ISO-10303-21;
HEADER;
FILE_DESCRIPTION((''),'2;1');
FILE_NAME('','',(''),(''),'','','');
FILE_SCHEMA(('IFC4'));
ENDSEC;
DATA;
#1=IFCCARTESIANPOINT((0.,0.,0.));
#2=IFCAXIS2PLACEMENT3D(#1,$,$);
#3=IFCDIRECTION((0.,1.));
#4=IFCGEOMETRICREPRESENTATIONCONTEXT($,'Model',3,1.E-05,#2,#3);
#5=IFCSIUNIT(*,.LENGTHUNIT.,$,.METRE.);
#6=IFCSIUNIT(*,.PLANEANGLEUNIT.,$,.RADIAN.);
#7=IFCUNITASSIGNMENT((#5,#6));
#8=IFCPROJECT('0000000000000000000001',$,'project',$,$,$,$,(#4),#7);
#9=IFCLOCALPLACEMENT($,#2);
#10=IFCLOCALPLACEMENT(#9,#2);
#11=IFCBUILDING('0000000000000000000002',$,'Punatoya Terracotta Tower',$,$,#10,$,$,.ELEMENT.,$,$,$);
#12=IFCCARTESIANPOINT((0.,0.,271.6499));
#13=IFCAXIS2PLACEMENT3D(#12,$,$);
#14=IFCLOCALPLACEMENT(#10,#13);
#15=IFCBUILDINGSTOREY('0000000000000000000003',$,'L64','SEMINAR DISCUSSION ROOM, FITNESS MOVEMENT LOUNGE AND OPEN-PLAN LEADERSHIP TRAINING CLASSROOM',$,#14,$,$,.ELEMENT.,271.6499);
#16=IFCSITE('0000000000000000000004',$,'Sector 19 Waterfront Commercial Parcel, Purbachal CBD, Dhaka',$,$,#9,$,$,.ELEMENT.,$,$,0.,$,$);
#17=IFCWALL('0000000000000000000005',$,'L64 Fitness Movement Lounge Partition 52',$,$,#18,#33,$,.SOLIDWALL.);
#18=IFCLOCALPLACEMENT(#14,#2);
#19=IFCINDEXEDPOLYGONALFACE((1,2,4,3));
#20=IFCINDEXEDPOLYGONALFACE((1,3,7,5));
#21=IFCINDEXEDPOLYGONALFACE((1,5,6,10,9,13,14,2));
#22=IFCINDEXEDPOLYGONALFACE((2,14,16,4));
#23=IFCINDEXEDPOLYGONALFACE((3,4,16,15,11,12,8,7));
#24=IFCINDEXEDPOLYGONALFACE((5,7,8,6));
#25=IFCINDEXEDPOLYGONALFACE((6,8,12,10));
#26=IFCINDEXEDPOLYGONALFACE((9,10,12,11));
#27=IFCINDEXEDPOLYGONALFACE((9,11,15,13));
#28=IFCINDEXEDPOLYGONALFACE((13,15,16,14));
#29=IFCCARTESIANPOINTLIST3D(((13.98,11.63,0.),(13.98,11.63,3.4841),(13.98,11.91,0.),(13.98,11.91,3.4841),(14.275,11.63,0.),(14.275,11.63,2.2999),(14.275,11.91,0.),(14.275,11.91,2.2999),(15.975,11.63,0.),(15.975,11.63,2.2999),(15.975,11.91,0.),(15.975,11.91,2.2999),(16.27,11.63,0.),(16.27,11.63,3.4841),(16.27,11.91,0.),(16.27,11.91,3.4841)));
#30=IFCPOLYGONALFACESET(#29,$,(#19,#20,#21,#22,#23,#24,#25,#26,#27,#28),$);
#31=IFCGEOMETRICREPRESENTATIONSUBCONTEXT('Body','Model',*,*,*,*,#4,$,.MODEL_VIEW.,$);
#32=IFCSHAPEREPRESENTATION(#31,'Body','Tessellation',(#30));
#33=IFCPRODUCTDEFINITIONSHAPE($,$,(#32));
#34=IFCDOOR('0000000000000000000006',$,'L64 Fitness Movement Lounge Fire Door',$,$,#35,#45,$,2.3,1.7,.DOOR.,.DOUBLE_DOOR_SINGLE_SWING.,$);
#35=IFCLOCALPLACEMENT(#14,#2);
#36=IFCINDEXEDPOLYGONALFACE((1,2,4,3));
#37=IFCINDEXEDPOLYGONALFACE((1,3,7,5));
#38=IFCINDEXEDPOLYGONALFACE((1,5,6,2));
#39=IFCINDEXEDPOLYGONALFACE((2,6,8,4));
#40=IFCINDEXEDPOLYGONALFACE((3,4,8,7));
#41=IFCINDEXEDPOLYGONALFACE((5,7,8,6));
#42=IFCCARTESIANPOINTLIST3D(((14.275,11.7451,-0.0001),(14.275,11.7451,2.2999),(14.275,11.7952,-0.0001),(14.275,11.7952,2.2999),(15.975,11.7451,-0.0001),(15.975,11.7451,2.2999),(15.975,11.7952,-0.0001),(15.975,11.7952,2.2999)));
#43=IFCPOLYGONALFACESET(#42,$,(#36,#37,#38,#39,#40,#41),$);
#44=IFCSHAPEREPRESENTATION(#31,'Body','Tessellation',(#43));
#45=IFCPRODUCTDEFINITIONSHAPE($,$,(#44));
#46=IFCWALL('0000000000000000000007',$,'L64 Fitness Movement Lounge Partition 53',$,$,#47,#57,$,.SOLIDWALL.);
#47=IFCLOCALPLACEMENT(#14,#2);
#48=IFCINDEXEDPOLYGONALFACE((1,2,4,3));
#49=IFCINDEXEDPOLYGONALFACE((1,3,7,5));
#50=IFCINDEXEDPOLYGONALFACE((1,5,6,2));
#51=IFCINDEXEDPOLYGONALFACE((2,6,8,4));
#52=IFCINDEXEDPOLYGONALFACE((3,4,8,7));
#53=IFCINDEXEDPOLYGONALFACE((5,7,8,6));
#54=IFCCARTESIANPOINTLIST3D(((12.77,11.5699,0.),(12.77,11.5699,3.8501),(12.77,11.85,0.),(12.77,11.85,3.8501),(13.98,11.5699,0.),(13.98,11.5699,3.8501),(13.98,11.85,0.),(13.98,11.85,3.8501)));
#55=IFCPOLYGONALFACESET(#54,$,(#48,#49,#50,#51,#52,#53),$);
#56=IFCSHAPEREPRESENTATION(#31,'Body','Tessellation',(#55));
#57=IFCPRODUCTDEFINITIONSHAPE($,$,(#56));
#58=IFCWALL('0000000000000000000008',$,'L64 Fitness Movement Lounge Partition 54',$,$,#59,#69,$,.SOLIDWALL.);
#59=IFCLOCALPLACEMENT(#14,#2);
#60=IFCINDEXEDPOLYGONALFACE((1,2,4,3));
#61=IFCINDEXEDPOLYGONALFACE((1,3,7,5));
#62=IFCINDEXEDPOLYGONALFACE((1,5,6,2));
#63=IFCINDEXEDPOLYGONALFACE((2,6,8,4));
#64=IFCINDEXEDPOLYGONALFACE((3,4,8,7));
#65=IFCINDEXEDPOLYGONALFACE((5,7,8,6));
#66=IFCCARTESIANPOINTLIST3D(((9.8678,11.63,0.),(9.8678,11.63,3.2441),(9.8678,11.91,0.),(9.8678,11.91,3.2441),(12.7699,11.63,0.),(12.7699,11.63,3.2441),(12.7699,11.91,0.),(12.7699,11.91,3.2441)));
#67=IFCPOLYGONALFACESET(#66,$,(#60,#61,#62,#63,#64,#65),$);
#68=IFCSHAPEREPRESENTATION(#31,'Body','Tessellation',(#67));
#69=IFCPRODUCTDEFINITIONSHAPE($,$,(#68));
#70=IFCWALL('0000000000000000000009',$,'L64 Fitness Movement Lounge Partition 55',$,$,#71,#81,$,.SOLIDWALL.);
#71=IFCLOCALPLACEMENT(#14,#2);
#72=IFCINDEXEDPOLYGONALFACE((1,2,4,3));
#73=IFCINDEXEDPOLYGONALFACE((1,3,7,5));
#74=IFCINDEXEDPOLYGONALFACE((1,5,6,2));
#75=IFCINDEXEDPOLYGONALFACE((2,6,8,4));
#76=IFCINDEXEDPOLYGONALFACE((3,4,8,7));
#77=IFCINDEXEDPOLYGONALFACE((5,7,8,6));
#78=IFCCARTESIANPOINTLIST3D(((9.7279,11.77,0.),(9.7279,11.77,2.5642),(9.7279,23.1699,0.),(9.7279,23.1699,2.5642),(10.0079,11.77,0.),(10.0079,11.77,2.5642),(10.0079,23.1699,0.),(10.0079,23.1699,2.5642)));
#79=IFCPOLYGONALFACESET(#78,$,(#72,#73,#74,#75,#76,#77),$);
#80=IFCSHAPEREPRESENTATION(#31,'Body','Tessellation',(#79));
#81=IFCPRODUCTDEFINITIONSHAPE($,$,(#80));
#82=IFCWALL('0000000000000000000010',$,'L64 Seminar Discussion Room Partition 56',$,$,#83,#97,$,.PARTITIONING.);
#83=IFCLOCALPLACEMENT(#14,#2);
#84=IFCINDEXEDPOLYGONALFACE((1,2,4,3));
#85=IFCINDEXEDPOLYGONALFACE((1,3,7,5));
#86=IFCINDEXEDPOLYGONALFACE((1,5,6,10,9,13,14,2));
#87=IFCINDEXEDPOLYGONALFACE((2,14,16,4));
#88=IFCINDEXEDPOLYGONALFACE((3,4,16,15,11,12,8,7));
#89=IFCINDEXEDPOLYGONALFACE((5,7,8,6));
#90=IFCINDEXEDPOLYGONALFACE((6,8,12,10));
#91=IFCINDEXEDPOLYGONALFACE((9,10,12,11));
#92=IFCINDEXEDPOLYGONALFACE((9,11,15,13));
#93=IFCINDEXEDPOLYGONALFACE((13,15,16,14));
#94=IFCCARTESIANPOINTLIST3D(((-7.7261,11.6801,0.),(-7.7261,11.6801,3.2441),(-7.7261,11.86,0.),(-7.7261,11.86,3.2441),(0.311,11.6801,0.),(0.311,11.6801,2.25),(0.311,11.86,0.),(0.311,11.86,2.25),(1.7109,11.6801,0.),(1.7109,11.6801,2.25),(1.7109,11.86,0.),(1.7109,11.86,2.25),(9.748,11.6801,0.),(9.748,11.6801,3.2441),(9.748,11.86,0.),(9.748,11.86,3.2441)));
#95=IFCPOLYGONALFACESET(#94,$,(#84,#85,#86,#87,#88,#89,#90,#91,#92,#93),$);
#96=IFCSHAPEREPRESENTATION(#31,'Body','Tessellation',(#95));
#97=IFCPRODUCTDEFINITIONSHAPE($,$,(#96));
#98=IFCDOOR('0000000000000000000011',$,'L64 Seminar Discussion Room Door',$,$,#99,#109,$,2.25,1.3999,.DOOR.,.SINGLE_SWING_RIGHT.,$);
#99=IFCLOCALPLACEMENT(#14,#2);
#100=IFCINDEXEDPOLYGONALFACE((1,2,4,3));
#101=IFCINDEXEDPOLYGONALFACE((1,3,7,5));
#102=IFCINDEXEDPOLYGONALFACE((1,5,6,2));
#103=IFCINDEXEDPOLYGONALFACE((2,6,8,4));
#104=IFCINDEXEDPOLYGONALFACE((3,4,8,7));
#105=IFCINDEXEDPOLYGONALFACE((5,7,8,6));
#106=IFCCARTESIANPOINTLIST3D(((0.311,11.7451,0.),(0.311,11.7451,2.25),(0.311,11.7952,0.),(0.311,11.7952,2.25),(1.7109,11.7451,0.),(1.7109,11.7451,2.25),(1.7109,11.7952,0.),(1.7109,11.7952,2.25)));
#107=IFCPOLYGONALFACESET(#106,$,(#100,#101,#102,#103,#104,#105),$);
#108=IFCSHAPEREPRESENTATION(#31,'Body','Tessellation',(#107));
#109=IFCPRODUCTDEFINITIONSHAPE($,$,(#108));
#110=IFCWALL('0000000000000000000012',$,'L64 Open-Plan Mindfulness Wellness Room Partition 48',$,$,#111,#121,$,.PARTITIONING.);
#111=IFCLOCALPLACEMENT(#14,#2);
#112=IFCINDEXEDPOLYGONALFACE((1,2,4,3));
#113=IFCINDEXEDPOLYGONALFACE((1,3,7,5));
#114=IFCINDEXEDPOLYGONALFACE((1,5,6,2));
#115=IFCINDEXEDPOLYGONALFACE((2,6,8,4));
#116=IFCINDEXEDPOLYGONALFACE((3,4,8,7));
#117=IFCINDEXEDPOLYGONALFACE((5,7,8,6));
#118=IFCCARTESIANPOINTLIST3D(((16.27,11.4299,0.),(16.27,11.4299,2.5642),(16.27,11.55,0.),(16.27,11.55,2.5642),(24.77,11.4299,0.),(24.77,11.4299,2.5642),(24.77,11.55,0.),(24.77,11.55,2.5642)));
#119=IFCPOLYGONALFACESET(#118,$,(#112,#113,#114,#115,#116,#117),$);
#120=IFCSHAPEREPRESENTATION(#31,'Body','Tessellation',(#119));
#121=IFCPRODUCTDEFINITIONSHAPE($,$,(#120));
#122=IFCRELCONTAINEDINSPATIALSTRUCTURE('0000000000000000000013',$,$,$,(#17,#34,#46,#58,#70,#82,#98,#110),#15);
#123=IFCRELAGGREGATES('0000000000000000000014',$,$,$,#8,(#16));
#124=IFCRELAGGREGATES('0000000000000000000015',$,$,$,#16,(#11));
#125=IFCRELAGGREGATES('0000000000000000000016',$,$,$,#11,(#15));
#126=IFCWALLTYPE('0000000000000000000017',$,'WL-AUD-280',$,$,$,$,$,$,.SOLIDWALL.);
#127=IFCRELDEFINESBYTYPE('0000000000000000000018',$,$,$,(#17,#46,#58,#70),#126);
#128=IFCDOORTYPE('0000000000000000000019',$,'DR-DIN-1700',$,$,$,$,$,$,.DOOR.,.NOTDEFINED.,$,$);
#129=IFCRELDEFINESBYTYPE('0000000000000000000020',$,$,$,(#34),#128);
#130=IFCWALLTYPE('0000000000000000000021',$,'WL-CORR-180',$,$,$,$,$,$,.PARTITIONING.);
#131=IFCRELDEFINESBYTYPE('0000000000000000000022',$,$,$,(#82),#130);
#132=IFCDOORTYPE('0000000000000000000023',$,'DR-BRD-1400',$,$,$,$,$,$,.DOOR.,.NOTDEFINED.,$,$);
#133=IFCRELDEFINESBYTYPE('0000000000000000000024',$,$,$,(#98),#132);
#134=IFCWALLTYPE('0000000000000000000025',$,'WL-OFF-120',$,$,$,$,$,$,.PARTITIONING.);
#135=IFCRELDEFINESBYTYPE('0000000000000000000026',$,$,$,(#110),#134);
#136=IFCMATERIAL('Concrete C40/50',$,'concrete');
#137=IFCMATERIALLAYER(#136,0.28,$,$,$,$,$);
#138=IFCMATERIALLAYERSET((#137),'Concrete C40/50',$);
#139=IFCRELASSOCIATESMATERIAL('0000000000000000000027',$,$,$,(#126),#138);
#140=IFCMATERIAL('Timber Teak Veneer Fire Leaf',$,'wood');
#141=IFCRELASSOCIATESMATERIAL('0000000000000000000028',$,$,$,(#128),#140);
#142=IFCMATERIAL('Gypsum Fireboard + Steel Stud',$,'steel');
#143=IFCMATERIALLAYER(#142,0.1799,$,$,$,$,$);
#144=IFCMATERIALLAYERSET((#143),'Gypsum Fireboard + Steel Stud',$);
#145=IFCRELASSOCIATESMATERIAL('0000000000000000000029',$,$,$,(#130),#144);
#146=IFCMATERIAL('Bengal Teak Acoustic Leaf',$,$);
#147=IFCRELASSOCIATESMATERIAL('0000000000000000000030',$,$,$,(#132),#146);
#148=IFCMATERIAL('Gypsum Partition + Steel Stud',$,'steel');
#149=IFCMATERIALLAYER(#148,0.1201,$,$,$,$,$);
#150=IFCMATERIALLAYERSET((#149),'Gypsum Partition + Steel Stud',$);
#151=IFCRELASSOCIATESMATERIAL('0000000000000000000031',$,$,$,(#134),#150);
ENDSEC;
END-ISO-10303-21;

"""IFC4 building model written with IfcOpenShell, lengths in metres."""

from ifc_helpers import new_model, si_unit, direction, frame, frame_2d, origin, place, context, subcontext, project, spatial, rectangle, extrude, material, layer, layer_set, type_object, element, fill, save


model = new_model("IFC4")

# Units and contexts
model_context = context("Model", 3, precision=1e-05, world=origin(), true_north=direction((0.0, 1.0)))
body_context = subcontext(model_context, "Body", "Model", "MODEL_VIEW")
ifc_project = project(units=[si_unit("LENGTHUNIT", "METRE"), si_unit("PLANEANGLEUNIT", "RADIAN")], contexts=[model_context])

# Site, building, storey
site_placement = place(None, origin())
site = spatial("IfcSite", under=ifc_project, at=site_placement, Name="Sector 19 Waterfront Commercial Parcel, Purbachal CBD, Dhaka", CompositionType="ELEMENT", RefElevation=0.0)
building_placement = place(site_placement, origin())
building = spatial("IfcBuilding", under=site, at=building_placement, Name="Punatoya Terracotta Tower", CompositionType="ELEMENT")
storey_placement = place(building_placement, frame((0.0, 0.0, 271.6499)))
storey = spatial("IfcBuildingStorey", under=building, at=storey_placement, Name="L64", Description="SEMINAR DISCUSSION ROOM, FITNESS MOVEMENT LOUNGE AND OPEN-PLAN LEADERSHIP TRAINING CLASSROOM", CompositionType="ELEMENT", Elevation=271.6499)

# Wall, opening, door
ifc_material_1 = material(Name="Concrete C40/50", Category="concrete")
ifc_layer_1 = layer(ifc_material_1, 0.28)
ifc_layer_set_1 = layer_set([ifc_layer_1], Name="Concrete C40/50")
wall_type_1 = type_object("IfcWallType", Name="WL-AUD-280", PredefinedType="SOLIDWALL", material=ifc_layer_set_1)
wall_1_placement = place(storey_placement, frame((16.27, 11.77, 0.0), z_axis=(0.0, 0.0, 1.0), x_axis=(-1.0, 0.0, 0.0)))
wall_1 = element("IfcWall", 1, at=wall_1_placement, inside=storey, type_object=wall_type_1, Name="L64 Fitness Movement Lounge Partition 52", PredefinedType="SOLIDWALL", context=body_context, shape_type="SweptSolid", body=[
    extrude(rectangle(XDim=2.29, YDim=0.28, at=frame_2d((1.145, 0.0))), origin(), (0.0, 0.0, 1.0), 3.4841),
])
opening_1_placement = place(wall_1_placement, frame((0.2949, 0.0, 0.0)))
opening_1 = element("IfcOpeningElement", 2, at=opening_1_placement, cuts=wall_1, PredefinedType="OPENING", context=body_context, shape_type="SweptSolid", body=[
    extrude(rectangle(XDim=1.7, YDim=2.3, at=frame_2d((0.8501, 1.1499))), frame((0.0, 0.1499, 0.0), z_axis=(0.0, -1.0, 0.0), x_axis=(1.0, 0.0, 0.0)), (0.0, 0.0, 1.0), 0.3),
])
ifc_material_2 = material(Name="Timber Teak Veneer Fire Leaf", Category="wood")
door_type_1 = type_object("IfcDoorType", Name="DR-DIN-1700", OperationType="NOTDEFINED", PredefinedType="DOOR", material=ifc_material_2)
door_1_placement = place(opening_1_placement, origin())
door_1 = element("IfcDoor", 3, at=door_1_placement, inside=storey, type_object=door_type_1, Name="L64 Fitness Movement Lounge Fire Door", OperationType="DOUBLE_DOOR_SINGLE_SWING", OverallHeight=2.3, OverallWidth=1.7, PredefinedType="DOOR", context=body_context, shape_type="SweptSolid", body=[
    extrude(rectangle(XDim=1.7, YDim=2.3, at=frame_2d((0.8501, 1.1499))), frame((0.0, 0.0249, 0.0), z_axis=(0.0, -1.0, 0.0), x_axis=(1.0, 0.0, 0.0)), (0.0, 0.0, 1.0), 0.05),
])
fill(opening_1, door_1)

# Walls
wall_2_placement = place(storey_placement, frame((13.98, 11.71, 0.0), z_axis=(0.0, 0.0, 1.0), x_axis=(-1.0, 0.0, 0.0)))
element("IfcWall", 4, at=wall_2_placement, inside=storey, type_object=wall_type_1, Name="L64 Fitness Movement Lounge Partition 53", PredefinedType="SOLIDWALL", context=body_context, shape_type="SweptSolid", body=[
    extrude(rectangle(XDim=1.21, YDim=0.28, at=frame_2d((0.605, 0.0))), origin(), (0.0, 0.0, 1.0), 3.8501),
])
wall_3_placement = place(storey_placement, frame((12.77, 11.77, 0.0), z_axis=(0.0, 0.0, 1.0), x_axis=(-1.0, 0.0, 0.0)))
element("IfcWall", 5, at=wall_3_placement, inside=storey, type_object=wall_type_1, Name="L64 Fitness Movement Lounge Partition 54", PredefinedType="SOLIDWALL", context=body_context, shape_type="SweptSolid", body=[
    extrude(rectangle(XDim=2.9021, YDim=0.28, at=frame_2d((1.4512, 0.0))), origin(), (0.0, 0.0, 1.0), 3.2441),
])
wall_4_placement = place(storey_placement, frame((9.8679, 11.77, 0.0), z_axis=(0.0, 0.0, 1.0), x_axis=(0.0, 1.0, 0.0)))
element("IfcWall", 6, at=wall_4_placement, inside=storey, type_object=wall_type_1, Name="L64 Fitness Movement Lounge Partition 55", PredefinedType="SOLIDWALL", context=body_context, shape_type="SweptSolid", body=[
    extrude(rectangle(XDim=11.3999, YDim=0.28, at=frame_2d((5.7, 0.0))), origin(), (0.0, 0.0, 1.0), 2.5642),
])

# Wall, opening, door
ifc_material_3 = material(Name="Gypsum Fireboard + Steel Stud", Category="steel")
ifc_layer_2 = layer(ifc_material_3, 0.1799)
ifc_layer_set_2 = layer_set([ifc_layer_2], Name="Gypsum Fireboard + Steel Stud")
wall_type_2 = type_object("IfcWallType", Name="WL-CORR-180", PredefinedType="PARTITIONING", material=ifc_layer_set_2)
wall_5_placement = place(storey_placement, frame((9.748, 11.77, 0.0), z_axis=(0.0, 0.0, 1.0), x_axis=(-1.0, 0.0, 0.0)))
wall_5 = element("IfcWall", 7, at=wall_5_placement, inside=storey, type_object=wall_type_2, Name="L64 Seminar Discussion Room Partition 56", PredefinedType="PARTITIONING", context=body_context, shape_type="SweptSolid", body=[
    extrude(rectangle(XDim=17.4741, YDim=0.1799, at=frame_2d((8.7371, 0.0))), origin(), (0.0, 0.0, 1.0), 3.2441),
])
opening_2_placement = place(wall_5_placement, frame((8.0371, 0.0, 0.0)))
opening_2 = element("IfcOpeningElement", 8, at=opening_2_placement, cuts=wall_5, PredefinedType="OPENING", context=body_context, shape_type="SweptSolid", body=[
    extrude(rectangle(XDim=1.3999, YDim=2.25, at=frame_2d((0.7, 1.125))), frame((0.0, 0.0999, 0.0), z_axis=(0.0, -1.0, 0.0), x_axis=(1.0, 0.0, 0.0)), (0.0, 0.0, 1.0), 0.2),
])
ifc_material_4 = material(Name="Bengal Teak Acoustic Leaf")
door_type_2 = type_object("IfcDoorType", Name="DR-BRD-1400", OperationType="NOTDEFINED", PredefinedType="DOOR", material=ifc_material_4)
door_2_placement = place(opening_2_placement, origin())
door_2 = element("IfcDoor", 9, at=door_2_placement, inside=storey, type_object=door_type_2, Name="L64 Seminar Discussion Room Door", OperationType="SINGLE_SWING_RIGHT", OverallHeight=2.25, OverallWidth=1.3999, PredefinedType="DOOR", context=body_context, shape_type="SweptSolid", body=[
    extrude(rectangle(XDim=1.3999, YDim=2.25, at=frame_2d((0.7, 1.125))), frame((0.0, 0.0249, 0.0), z_axis=(0.0, -1.0, 0.0), x_axis=(1.0, 0.0, 0.0)), (0.0, 0.0, 1.0), 0.05),
])
fill(opening_2, door_2)

# Wall
ifc_material_5 = material(Name="Gypsum Partition + Steel Stud", Category="steel")
ifc_layer_3 = layer(ifc_material_5, 0.1201)
ifc_layer_set_3 = layer_set([ifc_layer_3], Name="Gypsum Partition + Steel Stud")
wall_type_3 = type_object("IfcWallType", Name="WL-OFF-120", PredefinedType="PARTITIONING", material=ifc_layer_set_3)
wall_6_placement = place(storey_placement, frame((16.27, 11.49, 0.0), z_axis=(0.0, 0.0, 1.0), x_axis=(1.0, 0.0, 0.0)))
element("IfcWall", 10, at=wall_6_placement, inside=storey, type_object=wall_type_3, Name="L64 Open-Plan Mindfulness Wellness Room Partition 48", PredefinedType="PARTITIONING", context=body_context, shape_type="SweptSolid", body=[
    extrude(rectangle(XDim=8.5, YDim=0.1201, at=frame_2d((4.25, 0.0))), origin(), (0.0, 0.0, 1.0), 2.5642),
])

save(model, "model.ifc")
